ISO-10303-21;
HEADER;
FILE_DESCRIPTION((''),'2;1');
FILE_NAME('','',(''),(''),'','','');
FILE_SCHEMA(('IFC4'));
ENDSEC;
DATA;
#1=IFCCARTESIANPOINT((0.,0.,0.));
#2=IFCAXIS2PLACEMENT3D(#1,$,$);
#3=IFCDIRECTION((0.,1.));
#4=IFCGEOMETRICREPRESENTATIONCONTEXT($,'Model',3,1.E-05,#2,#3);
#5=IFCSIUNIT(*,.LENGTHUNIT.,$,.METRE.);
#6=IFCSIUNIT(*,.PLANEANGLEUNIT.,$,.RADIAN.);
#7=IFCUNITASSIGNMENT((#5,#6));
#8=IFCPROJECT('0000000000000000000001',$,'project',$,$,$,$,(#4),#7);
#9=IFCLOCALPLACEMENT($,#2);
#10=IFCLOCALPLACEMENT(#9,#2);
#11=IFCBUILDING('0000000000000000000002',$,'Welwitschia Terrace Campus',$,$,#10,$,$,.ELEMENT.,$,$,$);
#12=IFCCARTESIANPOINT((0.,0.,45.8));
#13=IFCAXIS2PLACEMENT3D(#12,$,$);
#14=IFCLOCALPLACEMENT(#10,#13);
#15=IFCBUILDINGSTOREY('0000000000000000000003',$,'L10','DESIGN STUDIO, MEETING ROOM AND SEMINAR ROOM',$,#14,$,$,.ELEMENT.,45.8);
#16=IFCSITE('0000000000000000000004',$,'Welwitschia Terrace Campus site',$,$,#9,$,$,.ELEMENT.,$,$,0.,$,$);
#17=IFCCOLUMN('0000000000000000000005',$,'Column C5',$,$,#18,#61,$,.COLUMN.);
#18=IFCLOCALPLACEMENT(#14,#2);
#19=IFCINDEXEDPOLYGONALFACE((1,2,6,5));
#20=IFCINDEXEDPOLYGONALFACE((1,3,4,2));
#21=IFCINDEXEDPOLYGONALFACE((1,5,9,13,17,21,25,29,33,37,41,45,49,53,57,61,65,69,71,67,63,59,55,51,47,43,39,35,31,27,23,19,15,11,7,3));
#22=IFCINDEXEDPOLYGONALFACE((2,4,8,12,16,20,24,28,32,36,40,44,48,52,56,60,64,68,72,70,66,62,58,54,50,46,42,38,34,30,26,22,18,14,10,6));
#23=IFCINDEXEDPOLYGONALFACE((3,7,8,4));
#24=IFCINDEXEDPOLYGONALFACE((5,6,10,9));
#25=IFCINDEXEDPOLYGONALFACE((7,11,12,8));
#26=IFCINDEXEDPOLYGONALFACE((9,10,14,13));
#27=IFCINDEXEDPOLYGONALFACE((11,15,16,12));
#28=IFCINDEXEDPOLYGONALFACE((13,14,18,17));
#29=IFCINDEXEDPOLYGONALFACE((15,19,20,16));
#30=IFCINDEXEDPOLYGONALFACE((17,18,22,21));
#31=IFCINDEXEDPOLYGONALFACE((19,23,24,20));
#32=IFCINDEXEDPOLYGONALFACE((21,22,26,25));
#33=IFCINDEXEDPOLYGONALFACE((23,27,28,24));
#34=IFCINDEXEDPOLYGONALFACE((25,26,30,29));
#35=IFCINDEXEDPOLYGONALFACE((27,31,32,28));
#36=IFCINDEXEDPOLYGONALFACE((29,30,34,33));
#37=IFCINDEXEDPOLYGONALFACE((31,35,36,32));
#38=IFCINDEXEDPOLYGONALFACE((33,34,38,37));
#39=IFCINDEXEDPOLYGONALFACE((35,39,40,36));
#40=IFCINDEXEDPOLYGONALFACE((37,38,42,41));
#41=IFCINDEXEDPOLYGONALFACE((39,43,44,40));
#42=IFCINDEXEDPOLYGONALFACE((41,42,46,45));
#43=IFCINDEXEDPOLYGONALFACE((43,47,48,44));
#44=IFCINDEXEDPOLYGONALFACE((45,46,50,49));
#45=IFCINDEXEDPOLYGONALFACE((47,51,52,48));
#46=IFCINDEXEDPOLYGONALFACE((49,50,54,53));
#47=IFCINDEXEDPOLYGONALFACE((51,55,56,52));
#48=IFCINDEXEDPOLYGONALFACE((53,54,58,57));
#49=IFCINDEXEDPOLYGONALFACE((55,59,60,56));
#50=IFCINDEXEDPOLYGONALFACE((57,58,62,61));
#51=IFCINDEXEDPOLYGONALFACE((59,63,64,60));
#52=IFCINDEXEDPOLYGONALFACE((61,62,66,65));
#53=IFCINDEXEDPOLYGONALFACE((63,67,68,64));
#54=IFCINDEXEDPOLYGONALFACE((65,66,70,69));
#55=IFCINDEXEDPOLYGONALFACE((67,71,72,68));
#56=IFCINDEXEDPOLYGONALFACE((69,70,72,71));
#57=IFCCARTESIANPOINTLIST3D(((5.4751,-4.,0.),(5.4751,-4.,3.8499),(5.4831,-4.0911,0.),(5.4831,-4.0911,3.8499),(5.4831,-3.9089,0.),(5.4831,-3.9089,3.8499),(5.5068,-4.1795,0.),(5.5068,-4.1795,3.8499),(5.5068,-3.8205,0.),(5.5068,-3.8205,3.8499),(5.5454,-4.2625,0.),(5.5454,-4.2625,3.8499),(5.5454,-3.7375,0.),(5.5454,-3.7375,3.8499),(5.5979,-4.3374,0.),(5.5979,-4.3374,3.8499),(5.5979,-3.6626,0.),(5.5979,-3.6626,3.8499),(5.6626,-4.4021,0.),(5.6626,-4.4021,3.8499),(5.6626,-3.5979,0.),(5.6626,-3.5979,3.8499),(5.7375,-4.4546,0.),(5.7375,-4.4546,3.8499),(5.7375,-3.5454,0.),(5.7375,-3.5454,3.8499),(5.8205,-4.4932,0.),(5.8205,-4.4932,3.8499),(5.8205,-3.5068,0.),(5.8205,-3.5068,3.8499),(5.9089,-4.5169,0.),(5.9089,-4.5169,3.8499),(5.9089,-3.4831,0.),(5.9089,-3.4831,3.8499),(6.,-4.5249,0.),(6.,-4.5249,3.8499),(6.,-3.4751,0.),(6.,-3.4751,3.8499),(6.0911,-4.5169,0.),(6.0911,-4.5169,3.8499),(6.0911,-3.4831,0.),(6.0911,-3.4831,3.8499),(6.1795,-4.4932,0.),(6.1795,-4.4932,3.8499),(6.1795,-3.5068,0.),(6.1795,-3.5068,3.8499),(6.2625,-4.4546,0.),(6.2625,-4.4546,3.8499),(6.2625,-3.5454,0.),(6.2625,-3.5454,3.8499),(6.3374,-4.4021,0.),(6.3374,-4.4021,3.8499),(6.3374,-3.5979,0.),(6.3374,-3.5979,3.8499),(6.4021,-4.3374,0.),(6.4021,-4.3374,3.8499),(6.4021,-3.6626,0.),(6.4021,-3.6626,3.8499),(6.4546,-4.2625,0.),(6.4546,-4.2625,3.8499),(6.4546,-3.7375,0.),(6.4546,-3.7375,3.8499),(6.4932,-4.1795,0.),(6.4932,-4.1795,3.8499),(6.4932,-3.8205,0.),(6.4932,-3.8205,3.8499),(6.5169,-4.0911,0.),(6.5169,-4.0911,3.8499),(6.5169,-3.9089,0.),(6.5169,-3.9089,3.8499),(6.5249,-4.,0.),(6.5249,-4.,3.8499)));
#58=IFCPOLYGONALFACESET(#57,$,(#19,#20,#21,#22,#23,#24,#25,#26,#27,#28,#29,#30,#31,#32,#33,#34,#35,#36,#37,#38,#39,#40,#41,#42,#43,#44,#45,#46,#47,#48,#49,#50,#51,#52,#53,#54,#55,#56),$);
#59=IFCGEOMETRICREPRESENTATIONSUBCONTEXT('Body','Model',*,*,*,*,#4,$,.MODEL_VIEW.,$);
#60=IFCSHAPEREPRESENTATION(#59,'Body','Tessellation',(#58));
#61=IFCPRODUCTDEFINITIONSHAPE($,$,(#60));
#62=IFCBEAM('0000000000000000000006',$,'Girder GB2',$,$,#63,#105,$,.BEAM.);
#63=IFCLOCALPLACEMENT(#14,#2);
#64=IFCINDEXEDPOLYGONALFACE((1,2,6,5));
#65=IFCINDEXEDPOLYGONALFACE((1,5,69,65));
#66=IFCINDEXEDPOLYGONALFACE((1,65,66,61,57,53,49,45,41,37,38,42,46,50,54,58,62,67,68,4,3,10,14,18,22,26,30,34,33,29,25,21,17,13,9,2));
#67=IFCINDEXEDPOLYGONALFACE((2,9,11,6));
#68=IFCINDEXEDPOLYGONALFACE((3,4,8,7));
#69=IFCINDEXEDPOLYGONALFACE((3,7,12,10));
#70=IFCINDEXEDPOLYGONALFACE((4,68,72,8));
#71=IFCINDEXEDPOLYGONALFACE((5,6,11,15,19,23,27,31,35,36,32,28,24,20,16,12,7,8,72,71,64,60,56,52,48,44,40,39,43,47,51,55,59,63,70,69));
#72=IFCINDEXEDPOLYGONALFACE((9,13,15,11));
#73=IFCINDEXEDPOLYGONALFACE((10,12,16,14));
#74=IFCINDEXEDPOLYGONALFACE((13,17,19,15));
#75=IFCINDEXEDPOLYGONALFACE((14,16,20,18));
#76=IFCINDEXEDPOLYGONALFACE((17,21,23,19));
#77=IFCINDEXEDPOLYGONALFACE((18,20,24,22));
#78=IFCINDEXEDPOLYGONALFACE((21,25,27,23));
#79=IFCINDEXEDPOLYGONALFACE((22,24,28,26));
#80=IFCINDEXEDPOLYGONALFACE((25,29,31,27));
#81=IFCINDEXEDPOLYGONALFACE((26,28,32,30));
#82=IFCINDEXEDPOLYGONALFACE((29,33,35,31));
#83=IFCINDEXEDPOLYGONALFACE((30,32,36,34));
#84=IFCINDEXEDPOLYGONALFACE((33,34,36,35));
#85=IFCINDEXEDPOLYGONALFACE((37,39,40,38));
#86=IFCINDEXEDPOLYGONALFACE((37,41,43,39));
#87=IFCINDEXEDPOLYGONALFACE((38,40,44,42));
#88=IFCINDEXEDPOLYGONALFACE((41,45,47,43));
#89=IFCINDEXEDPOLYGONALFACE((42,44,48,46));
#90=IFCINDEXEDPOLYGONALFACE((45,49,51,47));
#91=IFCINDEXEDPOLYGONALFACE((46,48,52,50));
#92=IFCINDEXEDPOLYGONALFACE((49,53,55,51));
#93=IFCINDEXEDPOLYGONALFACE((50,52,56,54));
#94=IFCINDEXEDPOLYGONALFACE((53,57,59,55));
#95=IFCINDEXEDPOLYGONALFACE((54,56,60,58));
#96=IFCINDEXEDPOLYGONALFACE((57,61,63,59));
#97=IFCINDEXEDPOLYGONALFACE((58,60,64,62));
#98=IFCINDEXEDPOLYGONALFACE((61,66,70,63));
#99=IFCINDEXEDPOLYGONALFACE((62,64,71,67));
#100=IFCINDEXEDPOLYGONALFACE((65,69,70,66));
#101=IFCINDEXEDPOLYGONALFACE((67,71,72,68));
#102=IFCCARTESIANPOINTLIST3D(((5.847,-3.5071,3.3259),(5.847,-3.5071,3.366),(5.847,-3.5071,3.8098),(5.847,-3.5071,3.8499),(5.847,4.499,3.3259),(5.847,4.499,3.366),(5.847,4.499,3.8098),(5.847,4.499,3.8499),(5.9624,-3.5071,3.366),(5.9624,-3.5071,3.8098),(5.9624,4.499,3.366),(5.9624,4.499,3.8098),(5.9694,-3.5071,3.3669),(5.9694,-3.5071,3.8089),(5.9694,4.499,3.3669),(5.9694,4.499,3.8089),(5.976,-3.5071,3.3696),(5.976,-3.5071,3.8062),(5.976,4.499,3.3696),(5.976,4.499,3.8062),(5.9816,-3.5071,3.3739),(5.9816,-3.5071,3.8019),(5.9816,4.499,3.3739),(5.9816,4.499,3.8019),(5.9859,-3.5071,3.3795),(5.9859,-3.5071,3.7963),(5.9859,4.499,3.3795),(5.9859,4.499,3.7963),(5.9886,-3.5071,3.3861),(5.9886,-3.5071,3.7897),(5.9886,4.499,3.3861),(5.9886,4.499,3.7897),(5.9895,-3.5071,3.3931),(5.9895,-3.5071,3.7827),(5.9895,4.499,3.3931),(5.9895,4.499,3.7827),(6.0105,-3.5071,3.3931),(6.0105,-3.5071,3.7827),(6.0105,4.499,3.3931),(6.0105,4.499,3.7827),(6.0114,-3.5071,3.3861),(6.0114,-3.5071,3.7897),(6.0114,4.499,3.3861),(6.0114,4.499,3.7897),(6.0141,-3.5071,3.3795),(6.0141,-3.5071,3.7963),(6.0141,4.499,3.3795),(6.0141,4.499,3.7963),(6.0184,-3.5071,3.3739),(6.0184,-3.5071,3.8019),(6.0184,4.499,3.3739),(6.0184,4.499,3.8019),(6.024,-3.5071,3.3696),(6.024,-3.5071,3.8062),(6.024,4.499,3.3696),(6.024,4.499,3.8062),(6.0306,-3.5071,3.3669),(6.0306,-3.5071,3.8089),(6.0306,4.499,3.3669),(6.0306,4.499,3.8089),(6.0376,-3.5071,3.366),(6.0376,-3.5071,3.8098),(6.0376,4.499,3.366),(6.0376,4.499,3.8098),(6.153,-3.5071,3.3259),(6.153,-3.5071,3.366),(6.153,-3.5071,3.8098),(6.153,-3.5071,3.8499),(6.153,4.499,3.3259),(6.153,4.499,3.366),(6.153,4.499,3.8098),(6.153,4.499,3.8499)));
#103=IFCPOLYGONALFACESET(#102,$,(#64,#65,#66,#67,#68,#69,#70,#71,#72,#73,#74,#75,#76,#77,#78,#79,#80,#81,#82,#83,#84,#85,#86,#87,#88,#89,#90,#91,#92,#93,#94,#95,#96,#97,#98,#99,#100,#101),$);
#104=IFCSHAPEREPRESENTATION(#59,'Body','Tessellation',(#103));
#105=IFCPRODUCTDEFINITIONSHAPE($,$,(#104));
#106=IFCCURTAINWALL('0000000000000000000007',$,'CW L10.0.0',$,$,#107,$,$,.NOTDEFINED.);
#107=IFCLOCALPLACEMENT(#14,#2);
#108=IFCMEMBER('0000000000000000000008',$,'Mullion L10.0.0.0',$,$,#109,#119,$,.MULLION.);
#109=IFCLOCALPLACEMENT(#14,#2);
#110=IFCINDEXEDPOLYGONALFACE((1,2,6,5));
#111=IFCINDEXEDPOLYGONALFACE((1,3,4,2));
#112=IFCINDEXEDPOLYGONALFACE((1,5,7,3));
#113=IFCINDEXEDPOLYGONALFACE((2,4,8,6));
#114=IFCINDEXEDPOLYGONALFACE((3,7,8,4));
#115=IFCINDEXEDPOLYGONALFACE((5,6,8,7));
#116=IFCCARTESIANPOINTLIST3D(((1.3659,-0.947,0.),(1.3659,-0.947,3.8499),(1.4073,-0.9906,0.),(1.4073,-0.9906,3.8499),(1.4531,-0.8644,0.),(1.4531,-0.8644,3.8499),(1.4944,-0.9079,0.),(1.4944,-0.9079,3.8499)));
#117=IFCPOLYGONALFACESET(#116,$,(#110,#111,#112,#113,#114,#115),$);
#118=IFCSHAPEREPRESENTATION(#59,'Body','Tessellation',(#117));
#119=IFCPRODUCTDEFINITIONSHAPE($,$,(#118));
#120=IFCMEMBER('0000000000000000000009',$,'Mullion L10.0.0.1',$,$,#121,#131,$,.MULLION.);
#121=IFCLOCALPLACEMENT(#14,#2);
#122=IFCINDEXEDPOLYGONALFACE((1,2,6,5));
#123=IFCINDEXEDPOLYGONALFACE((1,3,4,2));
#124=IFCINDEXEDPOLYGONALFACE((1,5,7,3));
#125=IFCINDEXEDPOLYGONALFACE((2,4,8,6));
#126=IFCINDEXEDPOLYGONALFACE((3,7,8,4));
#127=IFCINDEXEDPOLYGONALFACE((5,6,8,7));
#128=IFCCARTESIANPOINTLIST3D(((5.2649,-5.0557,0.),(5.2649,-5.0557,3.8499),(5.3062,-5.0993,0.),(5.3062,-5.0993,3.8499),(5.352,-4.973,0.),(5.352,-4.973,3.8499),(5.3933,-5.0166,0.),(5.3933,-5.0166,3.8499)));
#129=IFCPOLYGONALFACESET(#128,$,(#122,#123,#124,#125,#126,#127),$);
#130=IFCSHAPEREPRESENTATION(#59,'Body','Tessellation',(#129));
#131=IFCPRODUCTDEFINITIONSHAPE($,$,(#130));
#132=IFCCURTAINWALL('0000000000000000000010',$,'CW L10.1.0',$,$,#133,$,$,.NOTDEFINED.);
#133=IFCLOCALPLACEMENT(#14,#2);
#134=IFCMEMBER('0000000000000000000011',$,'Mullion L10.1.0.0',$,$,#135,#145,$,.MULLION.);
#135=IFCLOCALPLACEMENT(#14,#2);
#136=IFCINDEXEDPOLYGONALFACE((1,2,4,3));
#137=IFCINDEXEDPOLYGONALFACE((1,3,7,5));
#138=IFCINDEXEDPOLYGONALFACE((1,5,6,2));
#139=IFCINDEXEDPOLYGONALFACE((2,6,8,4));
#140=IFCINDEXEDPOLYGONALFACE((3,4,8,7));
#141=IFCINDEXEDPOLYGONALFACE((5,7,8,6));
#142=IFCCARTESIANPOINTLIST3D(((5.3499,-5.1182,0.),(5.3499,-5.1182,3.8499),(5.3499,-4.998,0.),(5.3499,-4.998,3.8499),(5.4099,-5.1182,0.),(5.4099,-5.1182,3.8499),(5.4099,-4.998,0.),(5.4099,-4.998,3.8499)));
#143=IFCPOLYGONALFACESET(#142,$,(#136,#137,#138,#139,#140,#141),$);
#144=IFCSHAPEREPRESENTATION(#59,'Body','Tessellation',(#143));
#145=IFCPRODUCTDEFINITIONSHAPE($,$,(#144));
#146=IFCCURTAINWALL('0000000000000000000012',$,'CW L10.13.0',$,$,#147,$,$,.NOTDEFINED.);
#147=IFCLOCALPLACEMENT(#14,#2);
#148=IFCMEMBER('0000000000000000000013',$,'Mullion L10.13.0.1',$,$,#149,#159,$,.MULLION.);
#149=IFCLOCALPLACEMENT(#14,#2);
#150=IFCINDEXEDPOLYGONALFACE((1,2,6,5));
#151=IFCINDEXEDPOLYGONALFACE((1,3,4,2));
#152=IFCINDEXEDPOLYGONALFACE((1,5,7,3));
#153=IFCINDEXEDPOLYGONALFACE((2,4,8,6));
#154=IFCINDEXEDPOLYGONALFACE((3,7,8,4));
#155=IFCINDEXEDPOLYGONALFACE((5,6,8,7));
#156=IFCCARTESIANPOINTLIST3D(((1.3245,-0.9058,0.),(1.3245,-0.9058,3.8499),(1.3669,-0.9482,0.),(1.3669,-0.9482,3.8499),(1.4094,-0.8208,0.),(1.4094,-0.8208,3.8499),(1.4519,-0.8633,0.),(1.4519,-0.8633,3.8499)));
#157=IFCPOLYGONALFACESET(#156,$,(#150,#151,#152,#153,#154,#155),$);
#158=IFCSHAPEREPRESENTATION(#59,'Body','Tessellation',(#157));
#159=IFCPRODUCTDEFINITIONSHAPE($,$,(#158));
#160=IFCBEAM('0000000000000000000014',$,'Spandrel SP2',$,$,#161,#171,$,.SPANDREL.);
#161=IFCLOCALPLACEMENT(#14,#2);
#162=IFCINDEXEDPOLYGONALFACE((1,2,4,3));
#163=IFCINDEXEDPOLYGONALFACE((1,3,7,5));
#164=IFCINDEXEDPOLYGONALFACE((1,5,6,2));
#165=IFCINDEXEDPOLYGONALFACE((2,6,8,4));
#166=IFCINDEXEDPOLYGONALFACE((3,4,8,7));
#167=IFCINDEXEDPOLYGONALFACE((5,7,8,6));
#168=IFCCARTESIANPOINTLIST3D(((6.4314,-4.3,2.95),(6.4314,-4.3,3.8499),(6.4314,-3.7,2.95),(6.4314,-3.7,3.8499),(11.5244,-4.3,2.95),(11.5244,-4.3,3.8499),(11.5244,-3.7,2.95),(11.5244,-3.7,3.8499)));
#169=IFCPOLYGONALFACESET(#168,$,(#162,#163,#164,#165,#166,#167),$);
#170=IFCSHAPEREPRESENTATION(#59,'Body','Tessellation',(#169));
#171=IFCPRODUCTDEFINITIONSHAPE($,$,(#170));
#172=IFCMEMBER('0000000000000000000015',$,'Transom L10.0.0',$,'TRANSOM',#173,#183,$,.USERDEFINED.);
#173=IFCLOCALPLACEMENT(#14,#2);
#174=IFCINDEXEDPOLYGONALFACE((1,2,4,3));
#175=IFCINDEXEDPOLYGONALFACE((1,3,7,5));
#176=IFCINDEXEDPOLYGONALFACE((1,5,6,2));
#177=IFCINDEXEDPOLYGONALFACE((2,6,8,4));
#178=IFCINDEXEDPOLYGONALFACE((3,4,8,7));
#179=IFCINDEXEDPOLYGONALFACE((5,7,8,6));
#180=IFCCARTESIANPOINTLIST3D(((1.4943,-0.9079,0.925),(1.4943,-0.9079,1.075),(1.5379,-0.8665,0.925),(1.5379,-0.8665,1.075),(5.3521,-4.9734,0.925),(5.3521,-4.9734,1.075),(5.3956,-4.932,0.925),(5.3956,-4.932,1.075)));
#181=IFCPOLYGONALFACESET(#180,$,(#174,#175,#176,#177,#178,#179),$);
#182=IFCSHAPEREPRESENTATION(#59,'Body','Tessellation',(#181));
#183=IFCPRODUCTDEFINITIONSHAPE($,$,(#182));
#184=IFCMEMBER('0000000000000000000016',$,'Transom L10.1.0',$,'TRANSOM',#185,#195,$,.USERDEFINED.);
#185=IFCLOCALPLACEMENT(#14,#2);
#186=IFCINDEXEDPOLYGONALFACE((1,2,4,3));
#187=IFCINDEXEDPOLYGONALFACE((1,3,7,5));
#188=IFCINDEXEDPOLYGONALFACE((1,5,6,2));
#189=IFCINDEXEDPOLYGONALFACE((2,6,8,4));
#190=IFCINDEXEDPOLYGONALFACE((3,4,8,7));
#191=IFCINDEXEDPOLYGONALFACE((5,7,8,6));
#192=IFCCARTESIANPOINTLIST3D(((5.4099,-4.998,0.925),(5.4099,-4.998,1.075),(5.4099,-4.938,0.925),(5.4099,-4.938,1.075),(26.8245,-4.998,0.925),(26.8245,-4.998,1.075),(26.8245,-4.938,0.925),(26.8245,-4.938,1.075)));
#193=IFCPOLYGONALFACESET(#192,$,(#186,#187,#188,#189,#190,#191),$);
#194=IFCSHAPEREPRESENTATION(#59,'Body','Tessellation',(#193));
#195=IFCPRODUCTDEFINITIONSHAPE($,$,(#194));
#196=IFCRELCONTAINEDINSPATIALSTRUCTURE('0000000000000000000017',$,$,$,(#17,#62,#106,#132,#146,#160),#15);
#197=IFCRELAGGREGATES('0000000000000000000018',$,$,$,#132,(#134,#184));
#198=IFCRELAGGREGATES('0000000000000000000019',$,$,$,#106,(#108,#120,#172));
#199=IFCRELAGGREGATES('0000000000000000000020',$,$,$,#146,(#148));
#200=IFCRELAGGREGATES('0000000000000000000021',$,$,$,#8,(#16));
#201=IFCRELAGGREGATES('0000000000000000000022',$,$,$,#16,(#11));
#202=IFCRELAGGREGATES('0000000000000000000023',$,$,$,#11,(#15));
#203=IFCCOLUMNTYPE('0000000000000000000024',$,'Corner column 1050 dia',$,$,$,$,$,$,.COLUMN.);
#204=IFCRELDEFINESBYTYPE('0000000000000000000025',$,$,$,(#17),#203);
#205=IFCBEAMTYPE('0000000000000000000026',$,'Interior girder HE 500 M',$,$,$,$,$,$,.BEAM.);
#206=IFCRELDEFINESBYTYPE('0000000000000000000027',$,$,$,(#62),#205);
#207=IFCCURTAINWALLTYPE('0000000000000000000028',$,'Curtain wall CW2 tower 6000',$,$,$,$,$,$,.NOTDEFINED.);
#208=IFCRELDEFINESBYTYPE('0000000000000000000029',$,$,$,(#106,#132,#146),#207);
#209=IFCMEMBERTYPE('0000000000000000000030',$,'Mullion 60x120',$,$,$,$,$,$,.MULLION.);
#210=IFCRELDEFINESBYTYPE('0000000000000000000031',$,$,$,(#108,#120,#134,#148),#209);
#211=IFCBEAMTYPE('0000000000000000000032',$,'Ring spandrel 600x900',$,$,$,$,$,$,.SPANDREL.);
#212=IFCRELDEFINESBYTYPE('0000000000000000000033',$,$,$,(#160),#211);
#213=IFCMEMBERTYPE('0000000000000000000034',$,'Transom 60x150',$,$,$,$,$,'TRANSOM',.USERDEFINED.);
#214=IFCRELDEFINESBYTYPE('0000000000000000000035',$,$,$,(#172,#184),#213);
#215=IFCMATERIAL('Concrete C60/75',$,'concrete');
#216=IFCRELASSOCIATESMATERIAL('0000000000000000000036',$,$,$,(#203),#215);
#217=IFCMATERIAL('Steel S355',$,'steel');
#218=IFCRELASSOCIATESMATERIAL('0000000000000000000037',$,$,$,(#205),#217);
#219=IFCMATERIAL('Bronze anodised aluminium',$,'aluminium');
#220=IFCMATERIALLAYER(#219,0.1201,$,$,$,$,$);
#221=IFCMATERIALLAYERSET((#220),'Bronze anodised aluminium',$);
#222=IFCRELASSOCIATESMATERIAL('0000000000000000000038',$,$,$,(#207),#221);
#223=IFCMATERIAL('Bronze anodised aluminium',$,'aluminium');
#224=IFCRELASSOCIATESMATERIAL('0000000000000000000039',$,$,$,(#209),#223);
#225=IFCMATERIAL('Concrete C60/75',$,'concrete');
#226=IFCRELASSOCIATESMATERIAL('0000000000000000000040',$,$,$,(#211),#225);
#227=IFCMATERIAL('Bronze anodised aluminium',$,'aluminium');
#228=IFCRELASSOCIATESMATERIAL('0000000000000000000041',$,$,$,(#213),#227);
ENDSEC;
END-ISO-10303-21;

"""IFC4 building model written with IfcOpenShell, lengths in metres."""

from ifc_helpers import new_model, si_unit, direction, frame, origin, origin_2d, place, context, subcontext, project, spatial, rectangle, circle, i_section, extrude, material, layer, layer_set, material_profile, profile_set, type_object, element, aggregate, save


model = new_model("IFC4")

# Units and contexts
model_context = context("Model", 3, precision=1e-05, world=origin(), true_north=direction((0.0, 1.0)))
body_context = subcontext(model_context, "Body", "Model", "MODEL_VIEW")
ifc_project = project(units=[si_unit("LENGTHUNIT", "METRE"), si_unit("PLANEANGLEUNIT", "RADIAN")], contexts=[model_context])

# Site, building, storey
site_placement = place(None, origin())
site = spatial("IfcSite", under=ifc_project, at=site_placement, Name="Welwitschia Terrace Campus site", CompositionType="ELEMENT", RefElevation=0.0)
building_placement = place(site_placement, origin())
building = spatial("IfcBuilding", under=site, at=building_placement, Name="Welwitschia Terrace Campus", CompositionType="ELEMENT")
storey_placement = place(building_placement, frame((0.0, 0.0, 45.8)))
storey = spatial("IfcBuildingStorey", under=building, at=storey_placement, Name="L10", Description="DESIGN STUDIO, MEETING ROOM AND SEMINAR ROOM", CompositionType="ELEMENT", Elevation=45.8)

# Column
ifc_material_1 = material(Name="Concrete C60/75", Category="concrete")
ifc_material_profile_1 = material_profile(ifc_material_1, circle(Radius=0.5249, at=origin_2d()))
ifc_profile_set_1 = profile_set([ifc_material_profile_1], Name="Concrete C60/75")
column_type = type_object("IfcColumnType", Name="Corner column 1050 dia", PredefinedType="COLUMN", material=ifc_profile_set_1)
column_placement = place(storey_placement, frame((6.0, -4.0, 0.0), z_axis=(0.0, 0.0, 1.0), x_axis=(1.0, 0.0, 0.0)))
element("IfcColumn", 1, at=column_placement, inside=storey, type_object=column_type, Name="Column C5", PredefinedType="COLUMN", context=body_context, shape_type="SweptSolid", body=[
    extrude(circle(Radius=0.5249, at=origin_2d()), origin(), (0.0, 0.0, 1.0), 3.8499),
])

# Beam
ifc_material_2 = material(Name="Steel S355", Category="steel")
ifc_material_profile_2 = material_profile(ifc_material_2, i_section(OverallWidth=0.3059, OverallDepth=0.5239, WebThickness=0.021, FlangeThickness=0.04, FilletRadius=0.0271, at=origin_2d()))
ifc_profile_set_2 = profile_set([ifc_material_profile_2], Name="Steel S355")
beam_type_1 = type_object("IfcBeamType", Name="Interior girder HE 500 M", PredefinedType="BEAM", material=ifc_profile_set_2)
beam_1_placement = place(storey_placement, frame((6.0, -3.5071, 3.5879), z_axis=(0.0, 1.0, 0.0), x_axis=(-1.0, 0.0, 0.0)))
element("IfcBeam", 2, at=beam_1_placement, inside=storey, type_object=beam_type_1, Name="Girder GB2", PredefinedType="BEAM", context=body_context, shape_type="SweptSolid", body=[
    extrude(i_section(OverallWidth=0.3059, OverallDepth=0.5239, WebThickness=0.021, FlangeThickness=0.04, FilletRadius=0.0271, at=origin_2d()), origin(), (0.0, 0.0, 1.0), 8.0061),
])

# Curtain wall, members
ifc_material_3 = material(Name="Bronze anodised aluminium", Category="aluminium")
ifc_layer_1 = layer(ifc_material_3, 0.1201)
ifc_layer_set_1 = layer_set([ifc_layer_1], Name="Bronze anodised aluminium")
curtain_wall_type = type_object("IfcCurtainWallType", Name="Curtain wall CW2 tower 6000", PredefinedType="NOTDEFINED", material=ifc_layer_set_1)
curtain_wall_1_placement = place(storey_placement, origin())
curtain_wall_1 = element("IfcCurtainWall", 3, at=curtain_wall_1_placement, inside=storey, type_object=curtain_wall_type, Name="CW L10.0.0", PredefinedType="NOTDEFINED")
ifc_material_4 = material(Name="Bronze anodised aluminium", Category="aluminium")
ifc_material_profile_3 = material_profile(ifc_material_4, rectangle(XDim=0.1201, YDim=0.0601, at=origin_2d()))
ifc_profile_set_3 = profile_set([ifc_material_profile_3], Name="Bronze anodised aluminium")
member_type_1 = type_object("IfcMemberType", Name="Mullion 60x120", PredefinedType="MULLION", material=ifc_profile_set_3)
member_1_placement = place(storey_placement, frame((1.4302, -0.9275, 0.0), z_axis=(0.0, 0.0, 1.0), x_axis=(0.725374, 0.688355, 0.0)))
member_1 = element("IfcMember", 4, at=member_1_placement, type_object=member_type_1, Name="Mullion L10.0.0.0", PredefinedType="MULLION", context=body_context, shape_type="SweptSolid", body=[
    extrude(rectangle(XDim=0.1201, YDim=0.0601, at=origin_2d()), origin(), (0.0, 0.0, 1.0), 3.8499),
])
member_2_placement = place(storey_placement, frame((5.3291, -5.0361, 0.0), z_axis=(0.0, 0.0, 1.0), x_axis=(0.725374, 0.688355, 0.0)))
member_2 = element("IfcMember", 5, at=member_2_placement, type_object=member_type_1, Name="Mullion L10.0.0.1", PredefinedType="MULLION", context=body_context, shape_type="SweptSolid", body=[
    extrude(rectangle(XDim=0.1201, YDim=0.0601, at=origin_2d()), origin(), (0.0, 0.0, 1.0), 3.8499),
])

# Curtain walls, members
curtain_wall_2_placement = place(storey_placement, origin())
curtain_wall_2 = element("IfcCurtainWall", 6, at=curtain_wall_2_placement, inside=storey, type_object=curtain_wall_type, Name="CW L10.1.0", PredefinedType="NOTDEFINED")
member_3_placement = place(storey_placement, frame((5.3799, -5.0581, 0.0), z_axis=(0.0, 0.0, 1.0), x_axis=(0.0, 1.0, 0.0)))
member_3 = element("IfcMember", 7, at=member_3_placement, type_object=member_type_1, Name="Mullion L10.1.0.0", PredefinedType="MULLION", context=body_context, shape_type="SweptSolid", body=[
    extrude(rectangle(XDim=0.1201, YDim=0.0601, at=origin_2d()), origin(), (0.0, 0.0, 1.0), 3.8499),
])
curtain_wall_3_placement = place(storey_placement, origin())
curtain_wall_3 = element("IfcCurtainWall", 8, at=curtain_wall_3_placement, inside=storey, type_object=curtain_wall_type, Name="CW L10.13.0", PredefinedType="NOTDEFINED")
member_4_placement = place(storey_placement, frame((1.3882, -0.8845, 0.0), z_axis=(0.0, 0.0, 1.0), x_axis=(0.707107, 0.707107, 0.0)))
member_4 = element("IfcMember", 9, at=member_4_placement, type_object=member_type_1, Name="Mullion L10.13.0.1", PredefinedType="MULLION", context=body_context, shape_type="SweptSolid", body=[
    extrude(rectangle(XDim=0.1201, YDim=0.0601, at=origin_2d()), origin(), (0.0, 0.0, 1.0), 3.8499),
])

# Beam
ifc_material_5 = material(Name="Concrete C60/75", Category="concrete")
ifc_material_profile_4 = material_profile(ifc_material_5, rectangle(XDim=0.6001, YDim=0.8999, at=origin_2d()))
ifc_profile_set_4 = profile_set([ifc_material_profile_4], Name="Concrete C60/75")
beam_type_2 = type_object("IfcBeamType", Name="Ring spandrel 600x900", PredefinedType="SPANDREL", material=ifc_profile_set_4)
beam_2_placement = place(storey_placement, frame((6.4314, -4.0, 3.3999), z_axis=(1.0, 0.0, 0.0), x_axis=(0.0, 1.0, 0.0)))
element("IfcBeam", 10, at=beam_2_placement, inside=storey, type_object=beam_type_2, Name="Spandrel SP2", PredefinedType="SPANDREL", context=body_context, shape_type="SweptSolid", body=[
    extrude(rectangle(XDim=0.6001, YDim=0.8999, at=origin_2d()), origin(), (0.0, 0.0, 1.0), 5.093),
])

# Members
ifc_material_6 = material(Name="Bronze anodised aluminium", Category="aluminium")
ifc_material_profile_5 = material_profile(ifc_material_6, rectangle(XDim=0.0601, YDim=0.1499, at=origin_2d()))
ifc_profile_set_5 = profile_set([ifc_material_profile_5], Name="Bronze anodised aluminium")
member_type_2 = type_object("IfcMemberType", Name="Transom 60x150", ElementType="TRANSOM", PredefinedType="USERDEFINED", material=ifc_profile_set_5)
member_5_placement = place(storey_placement, frame((1.5161, -0.8872, 1.0), z_axis=(0.688328, -0.7254, 0.0), x_axis=(0.7254, 0.688328, 0.0)))
member_5 = element("IfcMember", 11, at=member_5_placement, type_object=member_type_2, Name="Transom L10.0.0", ObjectType="TRANSOM", PredefinedType="USERDEFINED", context=body_context, shape_type="SweptSolid", body=[
    extrude(rectangle(XDim=0.0601, YDim=0.1499, at=origin_2d()), origin(), (0.0, 0.0, 1.0), 5.6045),
])
member_6_placement = place(storey_placement, frame((5.4099, -4.968, 1.0), z_axis=(1.0, 0.0, 0.0), x_axis=(0.0, 1.0, 0.0)))
member_6 = element("IfcMember", 12, at=member_6_placement, type_object=member_type_2, Name="Transom L10.1.0", ObjectType="TRANSOM", PredefinedType="USERDEFINED", context=body_context, shape_type="SweptSolid", body=[
    extrude(rectangle(XDim=0.0601, YDim=0.1499, at=origin_2d()), origin(), (0.0, 0.0, 1.0), 21.4146),
])
aggregate(curtain_wall_2, [member_3, member_6])

aggregate(curtain_wall_1, [member_1, member_2, member_5])
aggregate(curtain_wall_3, [member_4])

save(model, "model.ifc")
